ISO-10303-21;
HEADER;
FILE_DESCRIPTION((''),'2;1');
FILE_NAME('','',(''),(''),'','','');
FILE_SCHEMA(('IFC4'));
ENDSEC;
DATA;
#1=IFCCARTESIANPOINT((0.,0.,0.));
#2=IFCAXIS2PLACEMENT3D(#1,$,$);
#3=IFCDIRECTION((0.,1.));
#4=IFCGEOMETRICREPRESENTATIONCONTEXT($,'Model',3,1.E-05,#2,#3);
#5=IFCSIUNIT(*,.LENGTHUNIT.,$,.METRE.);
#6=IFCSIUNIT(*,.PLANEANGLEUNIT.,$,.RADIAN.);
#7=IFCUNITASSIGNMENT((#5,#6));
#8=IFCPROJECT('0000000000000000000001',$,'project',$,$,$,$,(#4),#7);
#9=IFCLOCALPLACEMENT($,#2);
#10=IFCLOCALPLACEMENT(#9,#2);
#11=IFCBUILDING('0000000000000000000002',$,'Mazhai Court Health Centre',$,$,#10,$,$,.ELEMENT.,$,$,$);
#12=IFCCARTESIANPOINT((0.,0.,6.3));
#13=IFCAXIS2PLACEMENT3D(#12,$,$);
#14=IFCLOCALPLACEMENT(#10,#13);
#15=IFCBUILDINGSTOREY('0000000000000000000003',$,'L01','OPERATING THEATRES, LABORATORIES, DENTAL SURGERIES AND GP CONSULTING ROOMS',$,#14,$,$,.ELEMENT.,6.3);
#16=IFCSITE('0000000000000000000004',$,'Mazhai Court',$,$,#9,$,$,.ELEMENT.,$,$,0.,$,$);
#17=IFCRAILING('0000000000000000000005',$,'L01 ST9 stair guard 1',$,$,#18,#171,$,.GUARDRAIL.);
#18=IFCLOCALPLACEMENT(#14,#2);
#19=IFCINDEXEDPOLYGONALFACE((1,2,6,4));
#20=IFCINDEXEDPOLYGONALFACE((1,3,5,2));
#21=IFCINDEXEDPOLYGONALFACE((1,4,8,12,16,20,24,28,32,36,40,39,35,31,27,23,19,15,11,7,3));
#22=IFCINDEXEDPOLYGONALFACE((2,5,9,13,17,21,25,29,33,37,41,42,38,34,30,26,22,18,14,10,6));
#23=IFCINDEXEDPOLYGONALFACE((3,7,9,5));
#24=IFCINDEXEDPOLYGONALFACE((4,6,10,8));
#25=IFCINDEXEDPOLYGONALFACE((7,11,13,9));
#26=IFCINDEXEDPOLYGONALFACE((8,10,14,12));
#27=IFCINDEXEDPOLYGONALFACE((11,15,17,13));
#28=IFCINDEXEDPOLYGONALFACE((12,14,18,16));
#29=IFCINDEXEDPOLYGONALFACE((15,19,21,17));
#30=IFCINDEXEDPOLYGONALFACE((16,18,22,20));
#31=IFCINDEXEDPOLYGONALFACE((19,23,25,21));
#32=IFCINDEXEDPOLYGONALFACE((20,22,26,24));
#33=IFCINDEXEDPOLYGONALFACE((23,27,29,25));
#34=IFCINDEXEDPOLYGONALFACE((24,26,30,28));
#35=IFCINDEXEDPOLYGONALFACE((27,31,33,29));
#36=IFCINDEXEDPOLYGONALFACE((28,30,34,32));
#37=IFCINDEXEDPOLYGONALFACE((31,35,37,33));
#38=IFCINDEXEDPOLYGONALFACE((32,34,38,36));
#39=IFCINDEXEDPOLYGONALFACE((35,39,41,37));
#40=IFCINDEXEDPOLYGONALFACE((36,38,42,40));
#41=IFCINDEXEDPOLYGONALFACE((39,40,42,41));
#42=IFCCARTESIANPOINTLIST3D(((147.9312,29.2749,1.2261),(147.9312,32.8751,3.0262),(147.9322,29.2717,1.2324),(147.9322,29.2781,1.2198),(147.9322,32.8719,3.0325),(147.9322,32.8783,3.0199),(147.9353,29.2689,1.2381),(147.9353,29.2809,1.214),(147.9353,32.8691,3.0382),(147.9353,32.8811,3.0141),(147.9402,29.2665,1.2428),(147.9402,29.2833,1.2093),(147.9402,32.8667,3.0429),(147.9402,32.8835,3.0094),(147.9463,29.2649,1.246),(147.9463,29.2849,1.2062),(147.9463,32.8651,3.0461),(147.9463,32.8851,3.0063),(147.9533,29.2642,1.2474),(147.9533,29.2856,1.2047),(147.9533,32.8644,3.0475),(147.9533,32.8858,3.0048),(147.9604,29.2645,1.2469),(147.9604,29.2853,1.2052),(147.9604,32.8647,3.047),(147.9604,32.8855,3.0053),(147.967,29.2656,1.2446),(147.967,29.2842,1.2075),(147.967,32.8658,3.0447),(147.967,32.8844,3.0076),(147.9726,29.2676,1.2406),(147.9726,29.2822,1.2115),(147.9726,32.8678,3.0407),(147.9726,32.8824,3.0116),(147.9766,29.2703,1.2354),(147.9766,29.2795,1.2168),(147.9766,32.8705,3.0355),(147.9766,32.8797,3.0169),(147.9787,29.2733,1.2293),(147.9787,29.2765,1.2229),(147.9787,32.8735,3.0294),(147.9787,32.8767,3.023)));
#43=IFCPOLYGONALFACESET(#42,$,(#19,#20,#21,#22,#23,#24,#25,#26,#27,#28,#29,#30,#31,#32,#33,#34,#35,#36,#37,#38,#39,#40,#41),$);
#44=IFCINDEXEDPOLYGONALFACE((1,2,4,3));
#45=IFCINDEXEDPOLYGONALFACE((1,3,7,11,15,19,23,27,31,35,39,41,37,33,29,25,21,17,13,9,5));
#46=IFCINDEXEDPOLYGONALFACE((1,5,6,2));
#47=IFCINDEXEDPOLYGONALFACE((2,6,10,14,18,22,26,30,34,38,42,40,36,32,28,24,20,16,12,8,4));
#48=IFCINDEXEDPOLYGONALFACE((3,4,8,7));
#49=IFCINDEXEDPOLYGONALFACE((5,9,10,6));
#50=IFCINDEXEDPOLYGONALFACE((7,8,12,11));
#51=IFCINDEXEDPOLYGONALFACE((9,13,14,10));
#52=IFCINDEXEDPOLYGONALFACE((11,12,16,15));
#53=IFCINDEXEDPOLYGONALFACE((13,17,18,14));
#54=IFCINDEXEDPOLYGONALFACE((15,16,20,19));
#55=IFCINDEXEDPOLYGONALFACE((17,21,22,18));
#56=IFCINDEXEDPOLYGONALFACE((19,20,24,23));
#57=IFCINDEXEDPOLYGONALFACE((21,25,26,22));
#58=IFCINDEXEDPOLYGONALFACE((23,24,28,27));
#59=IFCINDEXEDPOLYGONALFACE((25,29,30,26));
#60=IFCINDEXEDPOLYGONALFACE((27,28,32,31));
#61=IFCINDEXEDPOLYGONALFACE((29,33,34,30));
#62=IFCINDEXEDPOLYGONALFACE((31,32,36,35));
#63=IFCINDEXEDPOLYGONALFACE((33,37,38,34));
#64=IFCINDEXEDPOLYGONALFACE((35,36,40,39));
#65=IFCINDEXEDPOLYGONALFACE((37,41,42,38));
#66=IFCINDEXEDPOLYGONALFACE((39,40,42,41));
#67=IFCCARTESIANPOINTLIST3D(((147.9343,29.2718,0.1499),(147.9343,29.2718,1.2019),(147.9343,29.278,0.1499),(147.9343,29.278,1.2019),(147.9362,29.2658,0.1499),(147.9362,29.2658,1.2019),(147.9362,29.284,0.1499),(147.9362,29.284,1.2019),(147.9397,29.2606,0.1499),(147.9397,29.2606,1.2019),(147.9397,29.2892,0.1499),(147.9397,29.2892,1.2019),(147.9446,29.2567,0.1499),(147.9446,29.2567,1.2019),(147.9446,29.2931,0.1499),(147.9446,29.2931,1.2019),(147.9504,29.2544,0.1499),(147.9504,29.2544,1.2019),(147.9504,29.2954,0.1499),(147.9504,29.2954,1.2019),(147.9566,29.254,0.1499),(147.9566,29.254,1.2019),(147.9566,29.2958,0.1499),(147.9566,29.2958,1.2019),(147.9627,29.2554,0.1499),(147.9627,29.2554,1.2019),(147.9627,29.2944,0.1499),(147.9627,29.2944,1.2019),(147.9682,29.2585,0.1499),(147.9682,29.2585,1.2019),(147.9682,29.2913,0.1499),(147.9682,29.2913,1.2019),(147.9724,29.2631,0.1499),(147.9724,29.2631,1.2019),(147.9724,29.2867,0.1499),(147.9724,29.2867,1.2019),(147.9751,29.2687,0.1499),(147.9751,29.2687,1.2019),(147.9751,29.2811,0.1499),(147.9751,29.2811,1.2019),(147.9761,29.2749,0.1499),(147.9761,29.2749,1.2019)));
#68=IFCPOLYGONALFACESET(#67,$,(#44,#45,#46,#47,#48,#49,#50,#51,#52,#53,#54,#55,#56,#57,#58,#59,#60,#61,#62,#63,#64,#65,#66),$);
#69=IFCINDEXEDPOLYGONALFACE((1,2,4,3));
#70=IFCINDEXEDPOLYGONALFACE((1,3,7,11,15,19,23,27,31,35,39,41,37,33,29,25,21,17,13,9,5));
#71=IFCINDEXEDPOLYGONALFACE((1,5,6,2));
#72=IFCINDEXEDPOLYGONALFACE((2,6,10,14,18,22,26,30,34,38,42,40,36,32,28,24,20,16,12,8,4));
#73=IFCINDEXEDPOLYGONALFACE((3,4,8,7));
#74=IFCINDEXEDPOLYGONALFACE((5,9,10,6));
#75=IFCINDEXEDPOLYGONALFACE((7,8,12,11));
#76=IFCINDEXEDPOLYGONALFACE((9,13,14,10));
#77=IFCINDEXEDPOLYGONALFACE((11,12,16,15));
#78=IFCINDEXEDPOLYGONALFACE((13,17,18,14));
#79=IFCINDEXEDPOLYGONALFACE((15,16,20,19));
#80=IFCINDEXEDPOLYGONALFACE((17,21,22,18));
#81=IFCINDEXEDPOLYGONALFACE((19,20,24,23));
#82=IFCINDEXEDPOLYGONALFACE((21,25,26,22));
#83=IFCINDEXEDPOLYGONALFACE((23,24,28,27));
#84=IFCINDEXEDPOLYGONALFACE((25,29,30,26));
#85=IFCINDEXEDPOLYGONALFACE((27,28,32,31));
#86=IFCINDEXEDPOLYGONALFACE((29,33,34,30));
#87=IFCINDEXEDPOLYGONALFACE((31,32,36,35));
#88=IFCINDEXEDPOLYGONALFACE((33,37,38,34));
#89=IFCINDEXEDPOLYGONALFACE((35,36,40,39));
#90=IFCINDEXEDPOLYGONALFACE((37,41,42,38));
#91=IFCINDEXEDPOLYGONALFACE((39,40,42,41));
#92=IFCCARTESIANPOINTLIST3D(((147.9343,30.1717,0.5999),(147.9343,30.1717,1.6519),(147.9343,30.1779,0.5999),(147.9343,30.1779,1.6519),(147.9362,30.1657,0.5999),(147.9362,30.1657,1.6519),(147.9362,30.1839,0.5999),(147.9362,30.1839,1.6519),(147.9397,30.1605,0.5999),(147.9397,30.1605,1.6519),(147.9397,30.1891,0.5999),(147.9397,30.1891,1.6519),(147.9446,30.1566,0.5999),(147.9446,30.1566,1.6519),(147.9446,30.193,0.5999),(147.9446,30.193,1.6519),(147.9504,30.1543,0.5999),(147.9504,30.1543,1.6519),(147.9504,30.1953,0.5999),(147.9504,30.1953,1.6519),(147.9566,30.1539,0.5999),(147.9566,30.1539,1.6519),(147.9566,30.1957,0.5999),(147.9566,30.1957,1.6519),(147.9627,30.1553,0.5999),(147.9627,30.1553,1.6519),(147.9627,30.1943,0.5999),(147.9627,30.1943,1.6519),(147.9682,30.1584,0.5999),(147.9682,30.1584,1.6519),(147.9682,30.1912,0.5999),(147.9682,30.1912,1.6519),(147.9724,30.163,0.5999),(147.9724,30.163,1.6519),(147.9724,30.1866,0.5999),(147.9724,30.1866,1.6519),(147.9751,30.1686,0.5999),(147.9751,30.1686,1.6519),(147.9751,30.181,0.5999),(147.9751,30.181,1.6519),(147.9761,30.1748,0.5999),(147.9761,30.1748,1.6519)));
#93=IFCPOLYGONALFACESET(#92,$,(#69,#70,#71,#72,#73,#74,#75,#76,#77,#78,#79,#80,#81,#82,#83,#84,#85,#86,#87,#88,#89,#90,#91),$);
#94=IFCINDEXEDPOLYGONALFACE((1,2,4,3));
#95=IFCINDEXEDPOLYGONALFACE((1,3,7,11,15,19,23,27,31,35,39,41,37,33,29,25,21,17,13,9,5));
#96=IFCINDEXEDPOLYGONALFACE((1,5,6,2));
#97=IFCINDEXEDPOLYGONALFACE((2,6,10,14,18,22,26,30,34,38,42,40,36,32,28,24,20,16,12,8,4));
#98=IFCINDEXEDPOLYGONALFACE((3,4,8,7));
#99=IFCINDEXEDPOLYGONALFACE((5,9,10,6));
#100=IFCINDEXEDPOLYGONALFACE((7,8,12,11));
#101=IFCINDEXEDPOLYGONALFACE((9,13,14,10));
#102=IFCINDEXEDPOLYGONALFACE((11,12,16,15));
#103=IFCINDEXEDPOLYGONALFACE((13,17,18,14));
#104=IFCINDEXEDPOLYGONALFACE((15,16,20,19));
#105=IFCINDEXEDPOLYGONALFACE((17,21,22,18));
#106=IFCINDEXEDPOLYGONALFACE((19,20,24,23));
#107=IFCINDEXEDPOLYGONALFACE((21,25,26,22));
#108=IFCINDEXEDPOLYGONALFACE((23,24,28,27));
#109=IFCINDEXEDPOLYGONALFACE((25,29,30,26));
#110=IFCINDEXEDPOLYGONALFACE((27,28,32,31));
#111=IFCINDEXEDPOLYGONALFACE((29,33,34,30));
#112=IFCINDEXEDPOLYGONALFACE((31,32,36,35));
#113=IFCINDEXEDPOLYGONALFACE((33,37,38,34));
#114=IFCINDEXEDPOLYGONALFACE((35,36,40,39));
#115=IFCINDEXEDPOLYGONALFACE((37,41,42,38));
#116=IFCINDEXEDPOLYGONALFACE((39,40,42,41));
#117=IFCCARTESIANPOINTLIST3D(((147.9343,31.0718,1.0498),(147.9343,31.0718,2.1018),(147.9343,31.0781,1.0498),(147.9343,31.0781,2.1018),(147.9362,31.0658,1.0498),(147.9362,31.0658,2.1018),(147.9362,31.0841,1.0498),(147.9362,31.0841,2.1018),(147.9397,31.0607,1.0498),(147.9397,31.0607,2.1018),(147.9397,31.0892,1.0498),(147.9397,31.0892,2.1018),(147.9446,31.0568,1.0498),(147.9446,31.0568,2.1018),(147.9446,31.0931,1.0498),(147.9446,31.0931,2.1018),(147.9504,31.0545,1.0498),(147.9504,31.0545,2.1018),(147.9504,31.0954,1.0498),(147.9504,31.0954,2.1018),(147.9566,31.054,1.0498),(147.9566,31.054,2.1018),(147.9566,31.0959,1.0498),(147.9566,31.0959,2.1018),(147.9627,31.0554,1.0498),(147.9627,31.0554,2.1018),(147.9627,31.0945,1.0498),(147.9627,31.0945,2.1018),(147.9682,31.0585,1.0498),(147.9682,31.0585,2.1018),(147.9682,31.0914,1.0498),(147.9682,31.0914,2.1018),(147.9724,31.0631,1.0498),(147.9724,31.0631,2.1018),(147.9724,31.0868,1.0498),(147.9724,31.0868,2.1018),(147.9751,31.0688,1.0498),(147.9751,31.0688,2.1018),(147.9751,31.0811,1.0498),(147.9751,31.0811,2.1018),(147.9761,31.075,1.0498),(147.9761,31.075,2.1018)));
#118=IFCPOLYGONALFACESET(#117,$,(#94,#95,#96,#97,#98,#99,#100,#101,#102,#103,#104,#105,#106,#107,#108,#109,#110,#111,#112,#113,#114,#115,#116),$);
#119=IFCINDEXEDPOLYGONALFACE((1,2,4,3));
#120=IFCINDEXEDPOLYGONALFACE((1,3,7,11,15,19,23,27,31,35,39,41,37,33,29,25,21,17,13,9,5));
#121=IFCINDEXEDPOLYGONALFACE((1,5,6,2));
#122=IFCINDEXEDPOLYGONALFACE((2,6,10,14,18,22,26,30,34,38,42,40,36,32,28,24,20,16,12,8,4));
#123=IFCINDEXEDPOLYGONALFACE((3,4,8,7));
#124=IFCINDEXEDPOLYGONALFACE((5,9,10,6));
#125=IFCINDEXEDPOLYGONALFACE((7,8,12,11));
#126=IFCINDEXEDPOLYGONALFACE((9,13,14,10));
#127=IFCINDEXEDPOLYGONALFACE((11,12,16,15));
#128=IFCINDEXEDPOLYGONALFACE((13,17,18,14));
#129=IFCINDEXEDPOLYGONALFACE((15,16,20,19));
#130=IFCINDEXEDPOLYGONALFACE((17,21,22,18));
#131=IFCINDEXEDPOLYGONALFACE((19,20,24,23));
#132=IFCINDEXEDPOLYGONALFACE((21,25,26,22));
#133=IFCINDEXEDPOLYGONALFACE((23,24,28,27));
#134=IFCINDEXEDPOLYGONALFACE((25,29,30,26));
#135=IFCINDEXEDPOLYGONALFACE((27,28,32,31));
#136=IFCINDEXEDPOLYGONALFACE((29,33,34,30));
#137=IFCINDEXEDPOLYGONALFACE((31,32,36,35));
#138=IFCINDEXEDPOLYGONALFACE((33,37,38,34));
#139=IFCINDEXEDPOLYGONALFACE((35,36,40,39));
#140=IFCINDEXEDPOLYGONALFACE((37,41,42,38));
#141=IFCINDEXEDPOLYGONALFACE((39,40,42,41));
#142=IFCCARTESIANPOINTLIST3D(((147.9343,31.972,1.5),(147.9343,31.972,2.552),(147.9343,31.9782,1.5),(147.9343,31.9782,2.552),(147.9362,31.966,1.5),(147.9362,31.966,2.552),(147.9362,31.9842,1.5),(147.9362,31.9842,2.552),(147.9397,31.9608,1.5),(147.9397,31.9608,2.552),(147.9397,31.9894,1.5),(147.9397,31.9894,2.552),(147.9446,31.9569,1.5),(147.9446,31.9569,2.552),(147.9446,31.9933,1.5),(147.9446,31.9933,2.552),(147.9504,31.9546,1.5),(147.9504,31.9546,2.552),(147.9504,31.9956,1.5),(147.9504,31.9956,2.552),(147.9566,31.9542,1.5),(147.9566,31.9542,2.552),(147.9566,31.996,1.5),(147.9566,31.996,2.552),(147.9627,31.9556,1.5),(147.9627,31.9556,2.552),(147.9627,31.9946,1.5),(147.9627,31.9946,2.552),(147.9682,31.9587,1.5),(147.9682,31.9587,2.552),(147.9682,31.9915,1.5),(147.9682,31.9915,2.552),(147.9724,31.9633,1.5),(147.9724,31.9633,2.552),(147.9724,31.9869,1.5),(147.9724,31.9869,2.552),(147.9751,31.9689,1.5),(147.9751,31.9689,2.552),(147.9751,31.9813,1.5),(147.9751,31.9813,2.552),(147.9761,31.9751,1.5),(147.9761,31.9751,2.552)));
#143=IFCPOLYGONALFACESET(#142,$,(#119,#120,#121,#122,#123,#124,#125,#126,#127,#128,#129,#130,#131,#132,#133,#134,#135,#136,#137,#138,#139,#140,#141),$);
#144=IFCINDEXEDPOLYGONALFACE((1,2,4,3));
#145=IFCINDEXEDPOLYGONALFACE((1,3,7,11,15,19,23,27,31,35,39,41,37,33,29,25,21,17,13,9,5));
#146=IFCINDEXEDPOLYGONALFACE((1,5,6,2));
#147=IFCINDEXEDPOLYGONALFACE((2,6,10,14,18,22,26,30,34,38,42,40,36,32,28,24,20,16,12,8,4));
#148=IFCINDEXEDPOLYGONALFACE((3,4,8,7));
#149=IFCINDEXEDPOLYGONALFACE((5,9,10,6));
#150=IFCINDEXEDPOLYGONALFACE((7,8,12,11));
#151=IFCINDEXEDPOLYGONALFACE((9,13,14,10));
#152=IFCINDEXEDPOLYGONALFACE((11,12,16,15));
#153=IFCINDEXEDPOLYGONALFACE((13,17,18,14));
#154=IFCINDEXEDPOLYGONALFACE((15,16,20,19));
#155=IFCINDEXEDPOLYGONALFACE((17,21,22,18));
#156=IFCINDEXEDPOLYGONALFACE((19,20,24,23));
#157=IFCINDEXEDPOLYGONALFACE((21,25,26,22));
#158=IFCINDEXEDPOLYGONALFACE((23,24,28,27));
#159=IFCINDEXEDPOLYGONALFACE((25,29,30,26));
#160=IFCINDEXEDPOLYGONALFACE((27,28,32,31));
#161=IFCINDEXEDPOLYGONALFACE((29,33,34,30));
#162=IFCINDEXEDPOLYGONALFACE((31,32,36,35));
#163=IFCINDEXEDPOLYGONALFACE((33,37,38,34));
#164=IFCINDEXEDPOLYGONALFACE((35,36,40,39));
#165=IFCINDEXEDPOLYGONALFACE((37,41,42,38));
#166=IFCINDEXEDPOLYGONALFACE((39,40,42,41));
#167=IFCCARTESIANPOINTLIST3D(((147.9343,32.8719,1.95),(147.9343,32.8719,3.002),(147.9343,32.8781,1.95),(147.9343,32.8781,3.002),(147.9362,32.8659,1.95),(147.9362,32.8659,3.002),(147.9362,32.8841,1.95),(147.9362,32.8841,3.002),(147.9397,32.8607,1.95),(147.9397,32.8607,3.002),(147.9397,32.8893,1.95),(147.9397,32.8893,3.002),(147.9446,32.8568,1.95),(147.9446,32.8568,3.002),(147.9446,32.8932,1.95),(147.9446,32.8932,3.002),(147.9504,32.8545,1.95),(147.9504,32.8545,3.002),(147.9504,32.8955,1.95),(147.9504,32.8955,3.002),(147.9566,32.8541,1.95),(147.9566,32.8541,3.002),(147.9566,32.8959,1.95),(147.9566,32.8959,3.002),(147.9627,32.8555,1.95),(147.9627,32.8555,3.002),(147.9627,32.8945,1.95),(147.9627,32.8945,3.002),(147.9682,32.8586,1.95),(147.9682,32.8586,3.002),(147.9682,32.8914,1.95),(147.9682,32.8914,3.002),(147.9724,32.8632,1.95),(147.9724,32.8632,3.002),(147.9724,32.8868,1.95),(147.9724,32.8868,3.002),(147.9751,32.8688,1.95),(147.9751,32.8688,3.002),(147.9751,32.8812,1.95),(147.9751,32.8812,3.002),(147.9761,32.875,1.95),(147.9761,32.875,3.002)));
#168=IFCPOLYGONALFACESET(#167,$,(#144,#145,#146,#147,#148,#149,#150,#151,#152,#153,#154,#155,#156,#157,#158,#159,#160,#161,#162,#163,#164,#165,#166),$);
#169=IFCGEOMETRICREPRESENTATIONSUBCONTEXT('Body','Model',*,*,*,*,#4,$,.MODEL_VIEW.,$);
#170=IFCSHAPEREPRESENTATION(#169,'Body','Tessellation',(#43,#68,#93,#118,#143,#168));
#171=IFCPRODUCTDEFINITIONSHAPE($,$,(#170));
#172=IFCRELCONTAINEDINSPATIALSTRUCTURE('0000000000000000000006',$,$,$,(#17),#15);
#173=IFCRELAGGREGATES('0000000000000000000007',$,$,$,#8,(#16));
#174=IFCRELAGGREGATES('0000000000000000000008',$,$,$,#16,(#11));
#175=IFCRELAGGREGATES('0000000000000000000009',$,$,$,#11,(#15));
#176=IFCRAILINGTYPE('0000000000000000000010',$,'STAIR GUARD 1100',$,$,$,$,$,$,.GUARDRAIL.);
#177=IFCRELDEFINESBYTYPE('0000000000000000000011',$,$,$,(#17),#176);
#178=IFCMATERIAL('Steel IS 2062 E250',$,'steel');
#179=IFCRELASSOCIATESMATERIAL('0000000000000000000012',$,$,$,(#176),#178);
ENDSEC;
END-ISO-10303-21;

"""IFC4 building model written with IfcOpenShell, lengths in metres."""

from ifc_helpers import new_model, si_unit, direction, frame, origin, origin_2d, place, context, subcontext, project, spatial, circle, extrude, material, type_object, element, save


model = new_model("IFC4")

# Units and contexts
model_context = context("Model", 3, precision=1e-05, world=origin(), true_north=direction((0.0, 1.0)))
body_context = subcontext(model_context, "Body", "Model", "MODEL_VIEW")
ifc_project = project(units=[si_unit("LENGTHUNIT", "METRE"), si_unit("PLANEANGLEUNIT", "RADIAN")], contexts=[model_context])

# Site, building, storey
site_placement = place(None, origin())
site = spatial("IfcSite", under=ifc_project, at=site_placement, Name="Mazhai Court", CompositionType="ELEMENT", RefElevation=0.0)
building_placement = place(site_placement, origin())
building = spatial("IfcBuilding", under=site, at=building_placement, Name="Mazhai Court Health Centre", CompositionType="ELEMENT")
storey_placement = place(building_placement, frame((0.0, 0.0, 6.3)))
storey = spatial("IfcBuildingStorey", under=building, at=storey_placement, Name="L01", Description="OPERATING THEATRES, LABORATORIES, DENTAL SURGERIES AND GP CONSULTING ROOMS", CompositionType="ELEMENT", Elevation=6.3)

# Railing
ifc_material_1 = material(Name="Steel IS 2062 E250", Category="steel")
railing_type_1 = type_object("IfcRailingType", Name="STAIR GUARD 1100", PredefinedType="GUARDRAIL", material=ifc_material_1)
railing_1_placement = place(storey_placement, frame((147.9551, 29.2749, 0.1499)))
element("IfcRailing", 1, at=railing_1_placement, inside=storey, type_object=railing_type_1, Name="L01 ST9 stair guard 1", PredefinedType="GUARDRAIL", context=body_context, shape_type="SweptSolid", body=[
    extrude(circle(Radius=0.0239, at=origin_2d()), frame((0.0, 0.0, 1.0762), z_axis=(0.0, 0.894427, 0.447214), x_axis=(-1.0, 0.0, 0.0)), (0.0, 0.0, 1.0), 4.0251),
    extrude(circle(Radius=0.021, at=origin_2d()), origin(), (0.0, 0.0, 1.0), 1.052),
    extrude(circle(Radius=0.021, at=origin_2d()), frame((0.0, 0.8999, 0.45)), (0.0, 0.0, 1.0), 1.052),
    extrude(circle(Radius=0.021, at=origin_2d()), frame((0.0, 1.8, 0.8999)), (0.0, 0.0, 1.0), 1.052),
    extrude(circle(Radius=0.021, at=origin_2d()), frame((0.0, 2.7002, 1.3501)), (0.0, 0.0, 1.0), 1.052),
    extrude(circle(Radius=0.021, at=origin_2d()), frame((0.0, 3.6001, 1.8)), (0.0, 0.0, 1.0), 1.052),
])

save(model, "model.ifc")
